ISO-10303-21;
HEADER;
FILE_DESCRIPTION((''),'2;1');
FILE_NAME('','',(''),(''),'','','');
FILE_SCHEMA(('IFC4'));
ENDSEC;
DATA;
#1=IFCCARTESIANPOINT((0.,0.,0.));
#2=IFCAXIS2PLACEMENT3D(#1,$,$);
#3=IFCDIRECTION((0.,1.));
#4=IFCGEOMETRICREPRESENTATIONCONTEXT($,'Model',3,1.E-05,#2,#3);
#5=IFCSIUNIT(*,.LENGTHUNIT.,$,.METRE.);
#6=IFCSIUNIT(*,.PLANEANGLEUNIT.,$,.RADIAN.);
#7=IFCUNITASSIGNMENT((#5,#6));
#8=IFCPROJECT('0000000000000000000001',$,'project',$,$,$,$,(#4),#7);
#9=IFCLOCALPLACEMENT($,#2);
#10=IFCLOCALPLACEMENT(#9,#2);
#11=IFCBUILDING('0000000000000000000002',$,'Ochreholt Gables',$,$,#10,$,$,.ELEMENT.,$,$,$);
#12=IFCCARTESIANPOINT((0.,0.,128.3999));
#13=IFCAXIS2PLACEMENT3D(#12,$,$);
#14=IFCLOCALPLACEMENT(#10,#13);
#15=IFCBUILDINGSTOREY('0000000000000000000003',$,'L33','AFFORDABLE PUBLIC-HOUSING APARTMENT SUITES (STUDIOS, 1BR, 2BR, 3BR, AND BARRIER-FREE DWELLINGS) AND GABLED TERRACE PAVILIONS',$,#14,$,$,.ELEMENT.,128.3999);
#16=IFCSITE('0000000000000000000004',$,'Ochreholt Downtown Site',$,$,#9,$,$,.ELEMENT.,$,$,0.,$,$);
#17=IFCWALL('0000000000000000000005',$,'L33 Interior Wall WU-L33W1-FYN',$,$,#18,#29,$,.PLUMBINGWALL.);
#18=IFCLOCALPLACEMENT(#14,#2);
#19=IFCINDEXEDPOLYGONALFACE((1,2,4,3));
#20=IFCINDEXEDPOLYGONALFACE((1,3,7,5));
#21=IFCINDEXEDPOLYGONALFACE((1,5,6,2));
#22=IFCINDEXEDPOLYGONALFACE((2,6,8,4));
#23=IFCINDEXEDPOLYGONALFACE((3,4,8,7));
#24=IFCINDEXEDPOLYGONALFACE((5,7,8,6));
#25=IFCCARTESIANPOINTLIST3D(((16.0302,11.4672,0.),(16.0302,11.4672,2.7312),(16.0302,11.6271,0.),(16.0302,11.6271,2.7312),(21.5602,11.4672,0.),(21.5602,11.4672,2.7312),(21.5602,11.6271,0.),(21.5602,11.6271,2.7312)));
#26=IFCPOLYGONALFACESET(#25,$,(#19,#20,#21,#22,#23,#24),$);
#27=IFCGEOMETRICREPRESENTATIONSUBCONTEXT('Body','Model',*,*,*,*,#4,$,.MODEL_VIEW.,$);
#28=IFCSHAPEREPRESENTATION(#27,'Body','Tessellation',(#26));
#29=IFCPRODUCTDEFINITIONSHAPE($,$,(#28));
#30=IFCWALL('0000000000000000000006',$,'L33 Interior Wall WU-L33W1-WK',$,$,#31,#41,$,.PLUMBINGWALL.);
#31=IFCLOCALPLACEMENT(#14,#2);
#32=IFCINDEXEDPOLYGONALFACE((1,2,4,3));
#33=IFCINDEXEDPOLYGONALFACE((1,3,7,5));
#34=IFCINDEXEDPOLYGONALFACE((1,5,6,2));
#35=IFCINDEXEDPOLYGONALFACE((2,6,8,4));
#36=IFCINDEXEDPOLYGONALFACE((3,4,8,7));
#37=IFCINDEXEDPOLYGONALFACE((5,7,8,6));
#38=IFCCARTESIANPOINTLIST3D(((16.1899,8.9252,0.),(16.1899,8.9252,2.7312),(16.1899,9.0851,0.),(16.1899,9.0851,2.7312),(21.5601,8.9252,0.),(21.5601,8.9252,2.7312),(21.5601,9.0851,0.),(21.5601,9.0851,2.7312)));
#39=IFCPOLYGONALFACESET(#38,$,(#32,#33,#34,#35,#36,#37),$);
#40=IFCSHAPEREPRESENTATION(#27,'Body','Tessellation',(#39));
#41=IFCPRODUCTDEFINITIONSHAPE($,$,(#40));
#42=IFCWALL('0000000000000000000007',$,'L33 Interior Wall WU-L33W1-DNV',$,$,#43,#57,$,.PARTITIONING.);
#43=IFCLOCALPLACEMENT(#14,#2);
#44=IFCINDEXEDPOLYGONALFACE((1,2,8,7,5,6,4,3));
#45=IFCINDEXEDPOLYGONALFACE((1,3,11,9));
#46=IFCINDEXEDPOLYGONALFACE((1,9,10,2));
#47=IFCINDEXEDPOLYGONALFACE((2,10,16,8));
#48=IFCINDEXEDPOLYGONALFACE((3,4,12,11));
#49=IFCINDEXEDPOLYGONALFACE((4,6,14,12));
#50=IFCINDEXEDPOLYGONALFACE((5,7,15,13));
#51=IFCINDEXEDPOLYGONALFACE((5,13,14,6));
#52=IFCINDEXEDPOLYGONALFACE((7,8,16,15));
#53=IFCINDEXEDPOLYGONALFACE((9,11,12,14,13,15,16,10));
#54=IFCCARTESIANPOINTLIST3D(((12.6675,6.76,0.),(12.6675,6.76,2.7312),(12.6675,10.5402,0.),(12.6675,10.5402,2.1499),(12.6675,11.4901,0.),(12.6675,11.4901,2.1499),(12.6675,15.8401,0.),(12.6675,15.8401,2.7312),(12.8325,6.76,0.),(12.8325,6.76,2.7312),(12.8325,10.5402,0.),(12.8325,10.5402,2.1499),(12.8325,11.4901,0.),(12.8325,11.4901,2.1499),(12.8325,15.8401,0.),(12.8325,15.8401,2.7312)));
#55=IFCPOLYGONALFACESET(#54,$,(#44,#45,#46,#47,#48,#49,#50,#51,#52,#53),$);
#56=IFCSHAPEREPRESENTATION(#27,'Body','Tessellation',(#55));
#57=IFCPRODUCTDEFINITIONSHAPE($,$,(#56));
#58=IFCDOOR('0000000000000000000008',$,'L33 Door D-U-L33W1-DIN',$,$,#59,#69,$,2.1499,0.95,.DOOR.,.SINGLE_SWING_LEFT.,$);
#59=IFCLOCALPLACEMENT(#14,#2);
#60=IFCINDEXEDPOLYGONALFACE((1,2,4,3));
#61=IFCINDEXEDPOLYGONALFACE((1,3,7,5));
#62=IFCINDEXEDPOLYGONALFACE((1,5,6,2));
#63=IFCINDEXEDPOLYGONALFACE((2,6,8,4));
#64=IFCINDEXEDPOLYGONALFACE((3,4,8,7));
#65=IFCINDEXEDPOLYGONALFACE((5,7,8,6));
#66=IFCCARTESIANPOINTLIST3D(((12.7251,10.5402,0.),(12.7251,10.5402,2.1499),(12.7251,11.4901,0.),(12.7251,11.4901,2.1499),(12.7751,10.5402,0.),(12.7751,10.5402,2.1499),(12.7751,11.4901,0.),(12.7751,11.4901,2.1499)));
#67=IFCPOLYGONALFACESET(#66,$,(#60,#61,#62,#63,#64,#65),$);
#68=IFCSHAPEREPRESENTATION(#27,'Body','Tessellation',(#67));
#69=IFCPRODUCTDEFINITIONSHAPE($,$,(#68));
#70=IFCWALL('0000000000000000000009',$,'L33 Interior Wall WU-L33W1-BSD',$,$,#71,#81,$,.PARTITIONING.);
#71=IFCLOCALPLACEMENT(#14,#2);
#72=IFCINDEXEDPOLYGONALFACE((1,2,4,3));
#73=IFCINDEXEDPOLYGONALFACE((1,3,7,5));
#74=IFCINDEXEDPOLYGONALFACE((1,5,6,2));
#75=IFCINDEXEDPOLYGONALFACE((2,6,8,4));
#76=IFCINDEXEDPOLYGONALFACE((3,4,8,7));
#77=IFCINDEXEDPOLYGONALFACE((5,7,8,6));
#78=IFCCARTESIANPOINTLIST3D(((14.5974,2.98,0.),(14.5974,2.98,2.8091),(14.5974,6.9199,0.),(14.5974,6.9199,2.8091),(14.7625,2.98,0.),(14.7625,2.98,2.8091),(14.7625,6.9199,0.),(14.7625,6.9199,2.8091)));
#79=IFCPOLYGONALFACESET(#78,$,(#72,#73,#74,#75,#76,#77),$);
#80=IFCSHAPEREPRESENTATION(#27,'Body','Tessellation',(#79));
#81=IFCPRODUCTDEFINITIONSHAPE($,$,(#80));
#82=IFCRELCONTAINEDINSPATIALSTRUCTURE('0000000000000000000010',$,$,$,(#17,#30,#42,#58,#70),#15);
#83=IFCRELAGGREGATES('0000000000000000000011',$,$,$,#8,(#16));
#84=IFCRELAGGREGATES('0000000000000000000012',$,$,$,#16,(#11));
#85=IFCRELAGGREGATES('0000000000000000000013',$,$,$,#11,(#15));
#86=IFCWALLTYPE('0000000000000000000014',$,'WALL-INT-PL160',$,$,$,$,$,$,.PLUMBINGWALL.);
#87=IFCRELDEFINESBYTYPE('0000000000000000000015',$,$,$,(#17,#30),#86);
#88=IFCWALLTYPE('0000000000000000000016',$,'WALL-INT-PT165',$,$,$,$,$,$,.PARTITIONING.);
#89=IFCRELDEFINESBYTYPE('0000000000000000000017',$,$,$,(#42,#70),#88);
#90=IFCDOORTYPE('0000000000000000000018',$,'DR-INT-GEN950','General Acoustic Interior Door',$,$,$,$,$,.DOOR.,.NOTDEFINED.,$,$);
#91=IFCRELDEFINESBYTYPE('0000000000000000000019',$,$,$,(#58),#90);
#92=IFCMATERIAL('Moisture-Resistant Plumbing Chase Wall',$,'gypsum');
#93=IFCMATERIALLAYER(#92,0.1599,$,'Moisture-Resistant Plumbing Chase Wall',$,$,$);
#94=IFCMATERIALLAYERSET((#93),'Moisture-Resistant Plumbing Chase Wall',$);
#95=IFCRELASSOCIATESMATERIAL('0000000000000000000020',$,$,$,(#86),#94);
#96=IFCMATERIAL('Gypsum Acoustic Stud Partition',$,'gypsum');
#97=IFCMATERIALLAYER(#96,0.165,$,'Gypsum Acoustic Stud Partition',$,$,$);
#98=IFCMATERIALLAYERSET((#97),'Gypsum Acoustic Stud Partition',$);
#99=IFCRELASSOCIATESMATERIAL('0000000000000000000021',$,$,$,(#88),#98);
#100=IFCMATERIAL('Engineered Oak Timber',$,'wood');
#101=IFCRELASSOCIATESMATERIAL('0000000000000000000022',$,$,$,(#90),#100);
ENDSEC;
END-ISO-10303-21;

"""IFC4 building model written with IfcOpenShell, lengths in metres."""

from ifc_helpers import new_model, si_unit, direction, frame, frame_2d, origin, place, context, subcontext, project, spatial, rectangle, extrude, material, layer, layer_set, type_object, element, fill, save


model = new_model("IFC4")

# Units and contexts
model_context = context("Model", 3, precision=1e-05, world=origin(), true_north=direction((0.0, 1.0)))
body_context = subcontext(model_context, "Body", "Model", "MODEL_VIEW")
ifc_project = project(units=[si_unit("LENGTHUNIT", "METRE"), si_unit("PLANEANGLEUNIT", "RADIAN")], contexts=[model_context])

# Site, building, storey
site_placement = place(None, origin())
site = spatial("IfcSite", under=ifc_project, at=site_placement, Name="Ochreholt Downtown Site", CompositionType="ELEMENT", RefElevation=0.0)
building_placement = place(site_placement, origin())
building = spatial("IfcBuilding", under=site, at=building_placement, Name="Ochreholt Gables", CompositionType="ELEMENT")
storey_placement = place(building_placement, frame((0.0, 0.0, 128.3999)))
storey = spatial("IfcBuildingStorey", under=building, at=storey_placement, Name="L33", Description="AFFORDABLE PUBLIC-HOUSING APARTMENT SUITES (STUDIOS, 1BR, 2BR, 3BR, AND BARRIER-FREE DWELLINGS) AND GABLED TERRACE PAVILIONS", CompositionType="ELEMENT", Elevation=128.3999)

# Wall
ifc_material_1 = material(Name="Moisture-Resistant Plumbing Chase Wall", Category="gypsum")
ifc_layer_1 = layer(ifc_material_1, 0.1599, Name="Moisture-Resistant Plumbing Chase Wall")
ifc_layer_set_1 = layer_set([ifc_layer_1], Name="Moisture-Resistant Plumbing Chase Wall")
wall_type_1 = type_object("IfcWallType", Name="WALL-INT-PL160", PredefinedType="PLUMBINGWALL", material=ifc_layer_set_1)
wall_1_placement = place(storey_placement, frame((16.03, 11.5471, 0.0), z_axis=(0.0, 0.0, 1.0), x_axis=(1.0, 0.0, 0.0)))
element("IfcWall", 1, at=wall_1_placement, inside=storey, type_object=wall_type_1, Name="L33 Interior Wall WU-L33W1-FYN", PredefinedType="PLUMBINGWALL", context=body_context, shape_type="SweptSolid", body=[
    extrude(rectangle(XDim=5.53, YDim=0.1599, at=frame_2d((2.7651, 0.0))), origin(), (0.0, 0.0, 1.0), 2.7312),
])

# Shared definitions
ifc_material_2 = material(Name="Engineered Oak Timber", Category="wood")

# Wall
wall_2_placement = place(storey_placement, frame((16.1899, 9.0051, 0.0), z_axis=(0.0, 0.0, 1.0), x_axis=(1.0, 0.0, 0.0)))
element("IfcWall", 2, at=wall_2_placement, inside=storey, type_object=wall_type_1, Name="L33 Interior Wall WU-L33W1-WK", PredefinedType="PLUMBINGWALL", context=body_context, shape_type="SweptSolid", body=[
    extrude(rectangle(XDim=5.3701, YDim=0.1599, at=frame_2d((2.6851, 0.0))), origin(), (0.0, 0.0, 1.0), 2.7312),
])

# Wall, opening, door
ifc_material_3 = material(Name="Gypsum Acoustic Stud Partition", Category="gypsum")
ifc_layer_2 = layer(ifc_material_3, 0.165, Name="Gypsum Acoustic Stud Partition")
ifc_layer_set_2 = layer_set([ifc_layer_2], Name="Gypsum Acoustic Stud Partition")
wall_type_2 = type_object("IfcWallType", Name="WALL-INT-PT165", PredefinedType="PARTITIONING", material=ifc_layer_set_2)
wall_3_placement = place(storey_placement, frame((12.75, 6.76, 0.0), z_axis=(0.0, 0.0, 1.0), x_axis=(0.0, 1.0, 0.0)))
wall_3 = element("IfcWall", 3, at=wall_3_placement, inside=storey, type_object=wall_type_2, Name="L33 Interior Wall WU-L33W1-DNV", PredefinedType="PARTITIONING", context=body_context, shape_type="SweptSolid", body=[
    extrude(rectangle(XDim=9.0801, YDim=0.165, at=frame_2d((4.54, 0.0))), origin(), (0.0, 0.0, 1.0), 2.7312),
])
opening_1_placement = place(wall_3_placement, frame((3.78, 0.0, 0.0)))
opening_1 = element("IfcOpeningElement", 4, at=opening_1_placement, cuts=wall_3, PredefinedType="OPENING", context=body_context, shape_type="SweptSolid", body=[
    extrude(rectangle(XDim=0.95, YDim=2.1499, at=frame_2d((0.4751, 1.075))), frame((0.0, 0.0925, 0.0), z_axis=(0.0, -1.0, 0.0), x_axis=(1.0, 0.0, 0.0)), (0.0, 0.0, 1.0), 0.1851),
])
door_type_1 = type_object("IfcDoorType", Name="DR-INT-GEN950", Description="General Acoustic Interior Door", OperationType="NOTDEFINED", PredefinedType="DOOR", material=ifc_material_2)
door_1_placement = place(opening_1_placement, origin())
door_1 = element("IfcDoor", 5, at=door_1_placement, inside=storey, type_object=door_type_1, Name="L33 Door D-U-L33W1-DIN", OperationType="SINGLE_SWING_LEFT", OverallHeight=2.1499, OverallWidth=0.95, PredefinedType="DOOR", context=body_context, shape_type="SweptSolid", body=[
    extrude(rectangle(XDim=0.95, YDim=2.1499, at=frame_2d((0.4751, 1.075))), frame((0.0, 0.0249, 0.0), z_axis=(0.0, -1.0, 0.0), x_axis=(1.0, 0.0, 0.0)), (0.0, 0.0, 1.0), 0.05),
])
fill(opening_1, door_1)

# Wall
wall_4_placement = place(storey_placement, frame((14.6799, 2.98, 0.0), z_axis=(0.0, 0.0, 1.0), x_axis=(0.0, 1.0, 0.0)))
element("IfcWall", 6, at=wall_4_placement, inside=storey, type_object=wall_type_2, Name="L33 Interior Wall WU-L33W1-BSD", PredefinedType="PARTITIONING", context=body_context, shape_type="SweptSolid", body=[
    extrude(rectangle(XDim=3.9399, YDim=0.165, at=frame_2d((1.97, 0.0))), origin(), (0.0, 0.0, 1.0), 2.8091),
])

save(model, "model.ifc")
